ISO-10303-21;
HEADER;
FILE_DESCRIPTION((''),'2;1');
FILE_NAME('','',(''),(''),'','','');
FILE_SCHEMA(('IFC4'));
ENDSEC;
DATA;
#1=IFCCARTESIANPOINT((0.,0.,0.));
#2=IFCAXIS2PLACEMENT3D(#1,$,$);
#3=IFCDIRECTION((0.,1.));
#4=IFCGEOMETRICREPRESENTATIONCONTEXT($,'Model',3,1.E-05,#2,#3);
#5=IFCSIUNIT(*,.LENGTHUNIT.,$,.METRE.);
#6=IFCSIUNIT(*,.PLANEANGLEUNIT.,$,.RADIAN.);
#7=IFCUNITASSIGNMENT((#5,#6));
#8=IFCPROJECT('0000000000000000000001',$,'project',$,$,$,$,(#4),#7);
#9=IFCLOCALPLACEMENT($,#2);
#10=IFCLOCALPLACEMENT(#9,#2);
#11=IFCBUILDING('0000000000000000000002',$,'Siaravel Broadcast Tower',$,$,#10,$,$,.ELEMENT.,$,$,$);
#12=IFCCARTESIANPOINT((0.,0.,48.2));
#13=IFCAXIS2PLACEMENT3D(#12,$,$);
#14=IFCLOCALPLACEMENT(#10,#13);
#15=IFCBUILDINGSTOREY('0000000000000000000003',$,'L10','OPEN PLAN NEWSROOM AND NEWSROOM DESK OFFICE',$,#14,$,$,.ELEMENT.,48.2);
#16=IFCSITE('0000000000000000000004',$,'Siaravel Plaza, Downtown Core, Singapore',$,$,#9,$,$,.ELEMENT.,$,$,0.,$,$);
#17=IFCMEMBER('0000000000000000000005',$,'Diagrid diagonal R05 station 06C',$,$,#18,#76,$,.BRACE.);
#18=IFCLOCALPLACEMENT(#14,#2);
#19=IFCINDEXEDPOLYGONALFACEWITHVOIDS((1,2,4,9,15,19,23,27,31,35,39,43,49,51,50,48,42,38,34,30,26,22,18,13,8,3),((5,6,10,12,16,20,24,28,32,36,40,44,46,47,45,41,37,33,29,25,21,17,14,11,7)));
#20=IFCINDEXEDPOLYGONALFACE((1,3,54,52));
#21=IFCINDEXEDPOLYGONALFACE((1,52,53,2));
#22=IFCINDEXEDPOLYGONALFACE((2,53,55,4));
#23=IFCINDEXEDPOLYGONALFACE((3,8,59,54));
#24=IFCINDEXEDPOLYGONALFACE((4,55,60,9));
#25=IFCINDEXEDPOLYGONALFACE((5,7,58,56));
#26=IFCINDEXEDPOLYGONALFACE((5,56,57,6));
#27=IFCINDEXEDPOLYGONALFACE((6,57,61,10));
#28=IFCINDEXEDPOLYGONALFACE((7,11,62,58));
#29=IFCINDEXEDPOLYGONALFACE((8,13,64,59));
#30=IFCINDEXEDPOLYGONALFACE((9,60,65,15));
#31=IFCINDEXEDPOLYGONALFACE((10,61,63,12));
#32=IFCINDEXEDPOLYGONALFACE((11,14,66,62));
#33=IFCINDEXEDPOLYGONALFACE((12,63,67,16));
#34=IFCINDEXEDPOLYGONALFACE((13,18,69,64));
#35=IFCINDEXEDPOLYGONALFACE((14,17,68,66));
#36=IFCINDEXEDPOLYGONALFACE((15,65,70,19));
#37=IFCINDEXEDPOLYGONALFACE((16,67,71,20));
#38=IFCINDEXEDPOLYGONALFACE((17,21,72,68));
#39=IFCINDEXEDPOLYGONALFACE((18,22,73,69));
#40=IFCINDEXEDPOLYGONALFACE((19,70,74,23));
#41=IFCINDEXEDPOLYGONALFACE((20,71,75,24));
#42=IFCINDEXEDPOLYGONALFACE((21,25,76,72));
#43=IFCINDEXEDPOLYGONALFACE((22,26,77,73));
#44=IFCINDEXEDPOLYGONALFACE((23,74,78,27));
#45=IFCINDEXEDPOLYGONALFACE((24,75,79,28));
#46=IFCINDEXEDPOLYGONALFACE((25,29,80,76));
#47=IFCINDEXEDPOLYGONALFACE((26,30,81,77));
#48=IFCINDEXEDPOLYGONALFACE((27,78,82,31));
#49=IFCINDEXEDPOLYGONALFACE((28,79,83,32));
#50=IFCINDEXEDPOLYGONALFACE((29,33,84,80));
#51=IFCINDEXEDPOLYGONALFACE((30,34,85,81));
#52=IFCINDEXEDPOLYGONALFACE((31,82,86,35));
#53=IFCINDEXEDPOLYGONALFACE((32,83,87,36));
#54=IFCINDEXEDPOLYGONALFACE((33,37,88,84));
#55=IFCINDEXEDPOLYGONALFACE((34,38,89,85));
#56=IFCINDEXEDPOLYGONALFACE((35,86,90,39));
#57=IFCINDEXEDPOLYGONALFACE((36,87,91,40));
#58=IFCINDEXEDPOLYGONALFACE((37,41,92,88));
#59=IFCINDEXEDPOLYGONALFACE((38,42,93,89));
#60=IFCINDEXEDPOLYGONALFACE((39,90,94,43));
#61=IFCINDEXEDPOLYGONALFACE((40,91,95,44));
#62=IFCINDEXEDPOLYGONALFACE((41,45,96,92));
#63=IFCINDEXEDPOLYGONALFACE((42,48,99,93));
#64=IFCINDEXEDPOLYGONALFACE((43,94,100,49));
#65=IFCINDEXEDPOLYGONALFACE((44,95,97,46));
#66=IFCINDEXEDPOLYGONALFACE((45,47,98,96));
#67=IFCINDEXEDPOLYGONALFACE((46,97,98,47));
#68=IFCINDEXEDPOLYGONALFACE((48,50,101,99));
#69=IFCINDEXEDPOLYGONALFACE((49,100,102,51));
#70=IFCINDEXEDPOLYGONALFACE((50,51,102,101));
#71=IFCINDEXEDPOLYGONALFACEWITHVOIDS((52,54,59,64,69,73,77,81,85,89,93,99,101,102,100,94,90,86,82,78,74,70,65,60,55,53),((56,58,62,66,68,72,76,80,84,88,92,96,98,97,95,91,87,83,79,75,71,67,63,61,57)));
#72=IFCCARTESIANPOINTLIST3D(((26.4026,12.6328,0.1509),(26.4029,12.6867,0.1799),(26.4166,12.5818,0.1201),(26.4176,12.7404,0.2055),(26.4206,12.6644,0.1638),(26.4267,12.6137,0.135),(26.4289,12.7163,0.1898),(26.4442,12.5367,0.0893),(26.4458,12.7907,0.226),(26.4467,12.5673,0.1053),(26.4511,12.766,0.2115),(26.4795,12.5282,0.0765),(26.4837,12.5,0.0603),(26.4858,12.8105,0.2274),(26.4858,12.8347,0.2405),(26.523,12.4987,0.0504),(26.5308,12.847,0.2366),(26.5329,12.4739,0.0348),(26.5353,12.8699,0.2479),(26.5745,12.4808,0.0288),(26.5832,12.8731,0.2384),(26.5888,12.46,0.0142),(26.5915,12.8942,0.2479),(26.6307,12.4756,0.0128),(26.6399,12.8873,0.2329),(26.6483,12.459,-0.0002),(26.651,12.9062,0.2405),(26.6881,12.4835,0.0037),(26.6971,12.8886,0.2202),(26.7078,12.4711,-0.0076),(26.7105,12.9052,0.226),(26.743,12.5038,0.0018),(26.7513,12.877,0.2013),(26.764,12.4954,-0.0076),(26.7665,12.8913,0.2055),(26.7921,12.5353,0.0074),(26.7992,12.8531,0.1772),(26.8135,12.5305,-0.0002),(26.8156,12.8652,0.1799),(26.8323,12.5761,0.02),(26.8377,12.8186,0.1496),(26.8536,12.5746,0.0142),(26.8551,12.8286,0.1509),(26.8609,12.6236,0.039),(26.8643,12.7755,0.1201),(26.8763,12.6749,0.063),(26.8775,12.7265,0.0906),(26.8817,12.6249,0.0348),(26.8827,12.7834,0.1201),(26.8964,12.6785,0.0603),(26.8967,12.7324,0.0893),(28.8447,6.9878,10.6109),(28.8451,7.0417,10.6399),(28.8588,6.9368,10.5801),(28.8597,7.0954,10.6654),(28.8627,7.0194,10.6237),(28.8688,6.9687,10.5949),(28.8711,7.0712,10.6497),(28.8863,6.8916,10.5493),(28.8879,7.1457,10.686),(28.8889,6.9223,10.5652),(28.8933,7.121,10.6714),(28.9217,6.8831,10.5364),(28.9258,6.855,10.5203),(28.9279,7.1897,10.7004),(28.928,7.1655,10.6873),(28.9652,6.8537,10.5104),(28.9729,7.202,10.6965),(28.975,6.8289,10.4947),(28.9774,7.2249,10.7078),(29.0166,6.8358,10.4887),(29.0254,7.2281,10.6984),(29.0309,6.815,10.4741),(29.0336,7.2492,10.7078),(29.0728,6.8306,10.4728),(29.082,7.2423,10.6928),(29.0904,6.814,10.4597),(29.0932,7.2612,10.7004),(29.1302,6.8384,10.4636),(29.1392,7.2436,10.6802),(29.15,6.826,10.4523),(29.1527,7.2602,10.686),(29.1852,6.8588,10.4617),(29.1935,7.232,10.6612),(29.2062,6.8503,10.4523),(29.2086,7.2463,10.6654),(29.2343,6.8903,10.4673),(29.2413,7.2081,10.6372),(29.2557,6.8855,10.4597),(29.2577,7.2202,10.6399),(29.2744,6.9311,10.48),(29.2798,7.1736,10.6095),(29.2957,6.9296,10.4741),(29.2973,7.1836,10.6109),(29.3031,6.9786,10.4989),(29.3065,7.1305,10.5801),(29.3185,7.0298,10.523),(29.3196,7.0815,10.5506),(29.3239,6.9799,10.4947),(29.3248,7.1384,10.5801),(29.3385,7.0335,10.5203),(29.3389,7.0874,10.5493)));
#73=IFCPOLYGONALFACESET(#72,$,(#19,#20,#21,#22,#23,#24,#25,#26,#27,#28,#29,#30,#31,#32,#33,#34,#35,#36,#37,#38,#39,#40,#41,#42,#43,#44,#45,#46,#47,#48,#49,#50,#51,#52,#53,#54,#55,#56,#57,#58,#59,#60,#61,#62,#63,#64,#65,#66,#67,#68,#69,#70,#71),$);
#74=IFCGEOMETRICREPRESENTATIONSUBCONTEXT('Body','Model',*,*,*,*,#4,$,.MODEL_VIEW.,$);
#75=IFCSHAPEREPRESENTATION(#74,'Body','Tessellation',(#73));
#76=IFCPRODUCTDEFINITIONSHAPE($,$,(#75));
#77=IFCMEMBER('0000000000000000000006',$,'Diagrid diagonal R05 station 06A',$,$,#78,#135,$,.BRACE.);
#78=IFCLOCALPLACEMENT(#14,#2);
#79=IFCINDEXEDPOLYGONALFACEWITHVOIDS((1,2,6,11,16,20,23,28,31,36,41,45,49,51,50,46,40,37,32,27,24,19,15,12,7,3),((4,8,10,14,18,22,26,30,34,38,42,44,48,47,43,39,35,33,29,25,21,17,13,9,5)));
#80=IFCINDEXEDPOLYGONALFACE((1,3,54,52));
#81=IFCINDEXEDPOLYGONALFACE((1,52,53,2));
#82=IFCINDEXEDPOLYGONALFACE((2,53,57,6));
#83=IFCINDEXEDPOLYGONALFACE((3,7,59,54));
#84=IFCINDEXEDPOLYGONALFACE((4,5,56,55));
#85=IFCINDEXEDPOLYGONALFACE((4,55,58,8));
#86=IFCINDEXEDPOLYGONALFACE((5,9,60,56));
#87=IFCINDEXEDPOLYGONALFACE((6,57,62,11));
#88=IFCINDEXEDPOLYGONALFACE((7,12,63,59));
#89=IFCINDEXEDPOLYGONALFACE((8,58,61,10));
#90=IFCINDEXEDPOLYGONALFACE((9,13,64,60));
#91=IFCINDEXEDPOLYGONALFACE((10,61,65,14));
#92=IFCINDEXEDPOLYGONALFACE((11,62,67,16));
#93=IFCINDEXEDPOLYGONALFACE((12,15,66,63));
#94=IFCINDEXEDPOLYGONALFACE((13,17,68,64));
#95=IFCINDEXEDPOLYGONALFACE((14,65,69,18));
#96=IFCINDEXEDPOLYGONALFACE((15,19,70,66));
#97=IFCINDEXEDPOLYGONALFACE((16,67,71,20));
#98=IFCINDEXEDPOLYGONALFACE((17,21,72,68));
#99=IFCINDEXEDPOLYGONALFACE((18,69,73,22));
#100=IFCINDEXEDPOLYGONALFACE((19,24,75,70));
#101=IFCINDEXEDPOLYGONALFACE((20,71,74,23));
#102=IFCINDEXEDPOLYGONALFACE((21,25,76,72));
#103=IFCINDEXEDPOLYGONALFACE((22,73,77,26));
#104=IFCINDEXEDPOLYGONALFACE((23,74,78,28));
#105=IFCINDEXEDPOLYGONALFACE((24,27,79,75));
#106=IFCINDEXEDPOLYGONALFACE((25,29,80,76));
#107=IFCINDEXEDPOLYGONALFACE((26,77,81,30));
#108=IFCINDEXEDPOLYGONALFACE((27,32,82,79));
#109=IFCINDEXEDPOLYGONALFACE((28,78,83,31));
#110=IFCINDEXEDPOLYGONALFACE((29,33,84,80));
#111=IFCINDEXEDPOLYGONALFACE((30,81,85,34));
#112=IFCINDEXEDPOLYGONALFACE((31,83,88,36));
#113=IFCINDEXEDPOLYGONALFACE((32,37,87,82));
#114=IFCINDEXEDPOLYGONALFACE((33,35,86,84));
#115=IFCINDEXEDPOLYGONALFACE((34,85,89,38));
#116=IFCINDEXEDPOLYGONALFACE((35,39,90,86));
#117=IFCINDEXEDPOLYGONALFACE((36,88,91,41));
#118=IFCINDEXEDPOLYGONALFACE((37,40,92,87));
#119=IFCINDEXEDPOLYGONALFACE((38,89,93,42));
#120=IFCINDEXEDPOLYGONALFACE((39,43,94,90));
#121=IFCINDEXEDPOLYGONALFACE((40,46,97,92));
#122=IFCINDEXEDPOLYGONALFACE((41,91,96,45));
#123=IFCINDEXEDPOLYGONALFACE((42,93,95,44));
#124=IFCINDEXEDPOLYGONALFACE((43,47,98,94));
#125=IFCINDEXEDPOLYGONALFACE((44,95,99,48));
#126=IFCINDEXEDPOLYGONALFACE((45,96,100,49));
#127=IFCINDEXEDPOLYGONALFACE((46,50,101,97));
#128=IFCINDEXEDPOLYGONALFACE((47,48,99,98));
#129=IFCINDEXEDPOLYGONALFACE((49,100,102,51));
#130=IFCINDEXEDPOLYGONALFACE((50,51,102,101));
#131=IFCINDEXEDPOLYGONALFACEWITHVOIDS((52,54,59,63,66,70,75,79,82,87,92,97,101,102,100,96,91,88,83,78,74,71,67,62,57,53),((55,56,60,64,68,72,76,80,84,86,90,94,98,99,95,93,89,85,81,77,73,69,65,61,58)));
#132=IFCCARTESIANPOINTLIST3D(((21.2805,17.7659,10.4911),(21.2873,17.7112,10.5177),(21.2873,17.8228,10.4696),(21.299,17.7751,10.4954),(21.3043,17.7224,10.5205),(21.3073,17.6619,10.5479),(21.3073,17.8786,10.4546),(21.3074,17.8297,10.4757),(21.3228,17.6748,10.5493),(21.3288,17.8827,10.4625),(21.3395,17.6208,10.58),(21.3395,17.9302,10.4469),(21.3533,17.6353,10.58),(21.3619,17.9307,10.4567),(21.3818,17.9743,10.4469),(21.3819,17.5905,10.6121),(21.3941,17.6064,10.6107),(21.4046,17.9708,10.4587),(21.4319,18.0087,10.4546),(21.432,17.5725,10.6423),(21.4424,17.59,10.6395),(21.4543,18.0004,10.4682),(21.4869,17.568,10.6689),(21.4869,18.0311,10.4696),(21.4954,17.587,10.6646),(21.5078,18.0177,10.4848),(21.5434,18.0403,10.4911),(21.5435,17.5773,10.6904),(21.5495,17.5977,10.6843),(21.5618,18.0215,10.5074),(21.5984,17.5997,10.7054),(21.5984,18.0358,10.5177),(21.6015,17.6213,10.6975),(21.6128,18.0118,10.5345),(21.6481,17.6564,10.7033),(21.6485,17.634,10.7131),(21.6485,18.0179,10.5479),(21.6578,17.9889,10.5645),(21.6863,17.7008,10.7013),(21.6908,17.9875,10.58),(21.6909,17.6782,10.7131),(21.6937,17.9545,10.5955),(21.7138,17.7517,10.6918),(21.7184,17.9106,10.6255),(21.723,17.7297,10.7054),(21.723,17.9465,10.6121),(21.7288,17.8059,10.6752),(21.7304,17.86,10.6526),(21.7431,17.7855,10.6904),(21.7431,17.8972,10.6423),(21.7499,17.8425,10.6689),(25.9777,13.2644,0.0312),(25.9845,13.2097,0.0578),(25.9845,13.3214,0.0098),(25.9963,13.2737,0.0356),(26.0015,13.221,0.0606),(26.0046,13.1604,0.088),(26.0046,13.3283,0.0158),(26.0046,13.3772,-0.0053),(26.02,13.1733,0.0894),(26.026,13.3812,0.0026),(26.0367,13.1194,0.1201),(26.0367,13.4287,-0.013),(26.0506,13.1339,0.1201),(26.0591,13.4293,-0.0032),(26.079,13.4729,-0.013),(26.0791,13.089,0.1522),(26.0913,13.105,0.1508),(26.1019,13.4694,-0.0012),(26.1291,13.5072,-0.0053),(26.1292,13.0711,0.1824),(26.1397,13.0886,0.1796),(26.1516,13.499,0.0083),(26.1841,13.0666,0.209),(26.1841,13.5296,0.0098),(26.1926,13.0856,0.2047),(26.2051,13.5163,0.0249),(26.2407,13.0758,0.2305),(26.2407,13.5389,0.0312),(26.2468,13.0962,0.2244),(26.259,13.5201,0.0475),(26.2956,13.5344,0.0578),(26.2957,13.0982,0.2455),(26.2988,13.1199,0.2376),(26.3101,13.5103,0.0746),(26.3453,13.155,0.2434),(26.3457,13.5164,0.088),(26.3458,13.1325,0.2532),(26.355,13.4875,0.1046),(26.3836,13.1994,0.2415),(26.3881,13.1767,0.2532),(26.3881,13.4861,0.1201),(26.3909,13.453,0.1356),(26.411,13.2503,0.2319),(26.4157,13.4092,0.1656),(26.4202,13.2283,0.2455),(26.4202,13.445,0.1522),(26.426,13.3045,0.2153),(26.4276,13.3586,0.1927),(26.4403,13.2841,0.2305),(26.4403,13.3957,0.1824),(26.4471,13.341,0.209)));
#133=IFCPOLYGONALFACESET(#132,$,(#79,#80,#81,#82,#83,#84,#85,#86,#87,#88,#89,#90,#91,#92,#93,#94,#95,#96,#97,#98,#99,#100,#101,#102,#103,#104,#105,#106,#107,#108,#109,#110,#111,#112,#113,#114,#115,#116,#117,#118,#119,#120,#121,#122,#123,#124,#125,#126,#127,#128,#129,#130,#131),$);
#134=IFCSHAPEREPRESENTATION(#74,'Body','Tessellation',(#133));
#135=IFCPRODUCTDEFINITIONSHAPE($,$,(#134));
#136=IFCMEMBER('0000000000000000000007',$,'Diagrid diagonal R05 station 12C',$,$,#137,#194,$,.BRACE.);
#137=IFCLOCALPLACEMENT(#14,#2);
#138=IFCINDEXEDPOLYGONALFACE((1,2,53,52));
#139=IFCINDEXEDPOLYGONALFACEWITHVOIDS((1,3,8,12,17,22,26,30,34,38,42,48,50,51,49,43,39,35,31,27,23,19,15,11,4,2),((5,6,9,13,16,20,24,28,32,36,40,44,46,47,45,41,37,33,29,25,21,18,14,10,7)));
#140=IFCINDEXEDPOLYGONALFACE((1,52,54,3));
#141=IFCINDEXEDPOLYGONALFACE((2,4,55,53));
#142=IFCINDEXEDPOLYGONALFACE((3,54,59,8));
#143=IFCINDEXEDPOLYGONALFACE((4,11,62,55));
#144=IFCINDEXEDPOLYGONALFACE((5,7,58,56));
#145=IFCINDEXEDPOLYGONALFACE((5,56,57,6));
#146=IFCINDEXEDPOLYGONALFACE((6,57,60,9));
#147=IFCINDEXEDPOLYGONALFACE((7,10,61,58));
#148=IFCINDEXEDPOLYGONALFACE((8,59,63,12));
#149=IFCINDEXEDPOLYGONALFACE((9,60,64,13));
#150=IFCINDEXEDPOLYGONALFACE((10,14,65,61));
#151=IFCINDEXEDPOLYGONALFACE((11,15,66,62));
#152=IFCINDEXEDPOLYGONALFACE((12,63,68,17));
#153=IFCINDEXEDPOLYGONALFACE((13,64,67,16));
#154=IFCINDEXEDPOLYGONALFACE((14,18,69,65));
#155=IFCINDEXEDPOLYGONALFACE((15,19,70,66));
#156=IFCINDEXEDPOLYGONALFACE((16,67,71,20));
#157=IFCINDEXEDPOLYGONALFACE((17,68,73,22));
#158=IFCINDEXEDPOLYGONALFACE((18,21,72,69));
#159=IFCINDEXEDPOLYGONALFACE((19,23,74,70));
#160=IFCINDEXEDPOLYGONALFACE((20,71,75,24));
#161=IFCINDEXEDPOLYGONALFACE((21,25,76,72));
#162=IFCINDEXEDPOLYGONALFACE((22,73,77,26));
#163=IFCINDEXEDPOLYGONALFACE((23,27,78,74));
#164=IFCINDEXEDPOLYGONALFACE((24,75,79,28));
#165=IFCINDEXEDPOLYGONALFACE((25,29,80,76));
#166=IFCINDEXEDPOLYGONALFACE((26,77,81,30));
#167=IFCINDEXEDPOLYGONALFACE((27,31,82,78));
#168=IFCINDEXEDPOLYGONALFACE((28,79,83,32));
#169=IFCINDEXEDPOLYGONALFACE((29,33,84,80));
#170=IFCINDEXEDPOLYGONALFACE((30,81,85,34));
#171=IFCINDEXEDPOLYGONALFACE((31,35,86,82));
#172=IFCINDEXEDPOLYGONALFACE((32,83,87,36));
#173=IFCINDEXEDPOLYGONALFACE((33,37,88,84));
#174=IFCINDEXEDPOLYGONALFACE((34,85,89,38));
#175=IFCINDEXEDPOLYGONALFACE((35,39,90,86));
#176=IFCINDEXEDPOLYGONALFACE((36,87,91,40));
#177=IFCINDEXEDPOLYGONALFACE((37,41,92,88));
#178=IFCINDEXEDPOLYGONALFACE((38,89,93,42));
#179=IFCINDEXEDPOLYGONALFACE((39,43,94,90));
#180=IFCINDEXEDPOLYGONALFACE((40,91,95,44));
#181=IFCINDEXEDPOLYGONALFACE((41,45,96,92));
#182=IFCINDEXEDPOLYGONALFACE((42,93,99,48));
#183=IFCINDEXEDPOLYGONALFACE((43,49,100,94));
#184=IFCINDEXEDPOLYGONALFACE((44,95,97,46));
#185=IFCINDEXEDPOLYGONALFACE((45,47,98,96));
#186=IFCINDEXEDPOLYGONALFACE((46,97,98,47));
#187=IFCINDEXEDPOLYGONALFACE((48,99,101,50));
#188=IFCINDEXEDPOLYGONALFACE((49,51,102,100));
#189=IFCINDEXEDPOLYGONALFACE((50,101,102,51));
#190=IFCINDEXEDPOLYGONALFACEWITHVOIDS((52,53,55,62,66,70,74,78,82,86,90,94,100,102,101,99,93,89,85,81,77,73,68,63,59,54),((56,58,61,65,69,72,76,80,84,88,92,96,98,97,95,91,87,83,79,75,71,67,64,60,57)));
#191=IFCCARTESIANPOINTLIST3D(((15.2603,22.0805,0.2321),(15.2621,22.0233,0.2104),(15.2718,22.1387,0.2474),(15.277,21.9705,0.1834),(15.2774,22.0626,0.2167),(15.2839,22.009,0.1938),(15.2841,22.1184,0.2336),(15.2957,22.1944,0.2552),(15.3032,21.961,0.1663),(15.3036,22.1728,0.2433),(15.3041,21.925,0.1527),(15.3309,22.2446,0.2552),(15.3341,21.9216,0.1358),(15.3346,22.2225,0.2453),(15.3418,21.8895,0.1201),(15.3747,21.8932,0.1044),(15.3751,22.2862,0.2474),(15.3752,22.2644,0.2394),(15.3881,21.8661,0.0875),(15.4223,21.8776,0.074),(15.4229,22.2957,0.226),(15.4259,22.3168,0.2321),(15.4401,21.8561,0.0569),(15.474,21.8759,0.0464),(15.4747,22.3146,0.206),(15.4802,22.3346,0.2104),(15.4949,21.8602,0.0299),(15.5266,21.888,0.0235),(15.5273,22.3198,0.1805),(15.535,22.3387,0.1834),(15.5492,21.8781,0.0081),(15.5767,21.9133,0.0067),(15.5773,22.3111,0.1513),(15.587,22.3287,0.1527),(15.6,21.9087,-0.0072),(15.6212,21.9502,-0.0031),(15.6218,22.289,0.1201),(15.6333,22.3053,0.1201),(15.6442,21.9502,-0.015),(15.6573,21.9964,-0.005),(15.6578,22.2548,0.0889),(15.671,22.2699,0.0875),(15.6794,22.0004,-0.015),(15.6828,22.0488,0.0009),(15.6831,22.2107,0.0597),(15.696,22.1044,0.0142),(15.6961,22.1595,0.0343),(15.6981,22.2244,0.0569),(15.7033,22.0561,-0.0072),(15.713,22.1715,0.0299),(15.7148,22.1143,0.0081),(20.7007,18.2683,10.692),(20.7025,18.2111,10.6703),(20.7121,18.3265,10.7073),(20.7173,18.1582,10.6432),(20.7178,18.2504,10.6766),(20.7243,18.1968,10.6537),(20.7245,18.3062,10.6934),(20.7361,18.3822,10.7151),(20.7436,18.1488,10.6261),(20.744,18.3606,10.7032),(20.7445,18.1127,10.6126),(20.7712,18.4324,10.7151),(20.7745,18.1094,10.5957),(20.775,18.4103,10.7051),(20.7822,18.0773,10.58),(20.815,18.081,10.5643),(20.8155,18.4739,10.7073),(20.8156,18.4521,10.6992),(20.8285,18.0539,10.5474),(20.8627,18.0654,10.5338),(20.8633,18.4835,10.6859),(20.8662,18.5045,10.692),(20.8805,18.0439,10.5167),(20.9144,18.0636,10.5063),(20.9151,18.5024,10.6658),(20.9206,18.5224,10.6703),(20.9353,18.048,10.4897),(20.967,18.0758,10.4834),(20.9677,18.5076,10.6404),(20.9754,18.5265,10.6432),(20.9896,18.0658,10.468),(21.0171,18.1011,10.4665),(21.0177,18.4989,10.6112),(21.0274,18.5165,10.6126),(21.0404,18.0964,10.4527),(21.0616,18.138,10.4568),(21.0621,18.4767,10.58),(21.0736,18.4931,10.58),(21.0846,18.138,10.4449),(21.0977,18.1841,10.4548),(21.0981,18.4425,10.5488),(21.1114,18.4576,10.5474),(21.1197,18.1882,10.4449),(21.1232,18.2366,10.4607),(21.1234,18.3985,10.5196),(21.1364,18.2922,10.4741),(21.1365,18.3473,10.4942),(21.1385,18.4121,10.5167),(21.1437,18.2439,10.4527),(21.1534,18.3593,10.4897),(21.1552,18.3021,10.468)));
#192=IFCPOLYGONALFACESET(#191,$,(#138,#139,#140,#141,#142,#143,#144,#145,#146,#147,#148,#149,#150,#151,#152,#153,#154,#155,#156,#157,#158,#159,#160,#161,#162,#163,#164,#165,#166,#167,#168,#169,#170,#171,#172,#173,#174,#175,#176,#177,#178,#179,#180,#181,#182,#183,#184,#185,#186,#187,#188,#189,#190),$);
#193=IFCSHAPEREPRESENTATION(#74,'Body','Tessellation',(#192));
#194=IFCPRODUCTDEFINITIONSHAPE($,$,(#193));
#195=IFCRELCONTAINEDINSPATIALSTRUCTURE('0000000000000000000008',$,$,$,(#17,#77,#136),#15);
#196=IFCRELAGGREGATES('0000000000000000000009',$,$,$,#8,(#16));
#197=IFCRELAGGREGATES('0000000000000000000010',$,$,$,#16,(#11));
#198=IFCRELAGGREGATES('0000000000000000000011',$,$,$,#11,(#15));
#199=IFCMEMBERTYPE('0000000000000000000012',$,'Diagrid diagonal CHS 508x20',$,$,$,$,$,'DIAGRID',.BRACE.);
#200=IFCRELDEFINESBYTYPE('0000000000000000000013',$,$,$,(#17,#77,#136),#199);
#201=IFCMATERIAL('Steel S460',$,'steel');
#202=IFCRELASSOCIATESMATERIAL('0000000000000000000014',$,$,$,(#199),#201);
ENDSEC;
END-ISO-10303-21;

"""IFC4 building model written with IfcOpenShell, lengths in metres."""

from ifc_helpers import new_model, si_unit, direction, frame, origin, origin_2d, place, context, subcontext, project, spatial, hollow_circle, extrude, material, material_profile, profile_set, type_object, element, save


model = new_model("IFC4")

# Units and contexts
model_context = context("Model", 3, precision=1e-05, world=origin(), true_north=direction((0.0, 1.0)))
body_context = subcontext(model_context, "Body", "Model", "MODEL_VIEW")
ifc_project = project(units=[si_unit("LENGTHUNIT", "METRE"), si_unit("PLANEANGLEUNIT", "RADIAN")], contexts=[model_context])

# Site, building, storey
site_placement = place(None, origin())
site = spatial("IfcSite", under=ifc_project, at=site_placement, Name="Siaravel Plaza, Downtown Core, Singapore", CompositionType="ELEMENT", RefElevation=0.0)
building_placement = place(site_placement, origin())
building = spatial("IfcBuilding", under=site, at=building_placement, Name="Siaravel Broadcast Tower", CompositionType="ELEMENT")
storey_placement = place(building_placement, frame((0.0, 0.0, 48.2)))
storey = spatial("IfcBuildingStorey", under=building, at=storey_placement, Name="L10", Description="OPEN PLAN NEWSROOM AND NEWSROOM DESK OFFICE", CompositionType="ELEMENT", Elevation=48.2)

# Members
ifc_material_1 = material(Name="Steel S460", Category="steel")
ifc_material_profile_1 = material_profile(ifc_material_1, hollow_circle(Radius=0.2539, WallThickness=0.02, at=origin_2d()))
ifc_profile_set_1 = profile_set([ifc_material_profile_1], Name="Steel S460")
member_type_1 = type_object("IfcMemberType", Name="Diagrid diagonal CHS 508x20", ElementType="DIAGRID", PredefinedType="BRACE", material=ifc_profile_set_1)
member_1_placement = place(storey_placement, frame((26.6497, 12.6826, 0.1201), z_axis=(0.201259, -0.465212, 0.862017), x_axis=(0.917795, 0.397055, 0.0)))
element("IfcMember", 1, at=member_1_placement, inside=storey, type_object=member_type_1, Name="Diagrid diagonal R05 station 06C", PredefinedType="BRACE", context=body_context, shape_type="SweptSolid", body=[
    extrude(hollow_circle(Radius=0.2539, WallThickness=0.02, at=origin_2d()), origin(), (0.0, 0.0, 1.0), 12.1343),
])
member_2_placement = place(storey_placement, frame((26.2124, 13.3027, 0.1201), z_axis=(-0.381327, 0.365432, 0.849146), x_axis=(-0.691899, -0.721994, 0.0)))
element("IfcMember", 2, at=member_2_placement, inside=storey, type_object=member_type_1, Name="Diagrid diagonal R05 station 06A", PredefinedType="BRACE", context=body_context, shape_type="SweptSolid", body=[
    extrude(hollow_circle(Radius=0.2539, WallThickness=0.02, at=origin_2d()), origin(), (0.0, 0.0, 1.0), 12.3181),
])
member_3_placement = place(storey_placement, frame((15.4875, 22.0974, 0.1201), z_axis=(0.439055, -0.307658, 0.844143), x_axis=(0.573862, 0.818952, 0.0)))
element("IfcMember", 3, at=member_3_placement, inside=storey, type_object=member_type_1, Name="Diagrid diagonal R05 station 12C", PredefinedType="BRACE", context=body_context, shape_type="SweptSolid", body=[
    extrude(hollow_circle(Radius=0.2539, WallThickness=0.02, at=origin_2d()), origin(), (0.0, 0.0, 1.0), 12.3911),
])

save(model, "model.ifc")
